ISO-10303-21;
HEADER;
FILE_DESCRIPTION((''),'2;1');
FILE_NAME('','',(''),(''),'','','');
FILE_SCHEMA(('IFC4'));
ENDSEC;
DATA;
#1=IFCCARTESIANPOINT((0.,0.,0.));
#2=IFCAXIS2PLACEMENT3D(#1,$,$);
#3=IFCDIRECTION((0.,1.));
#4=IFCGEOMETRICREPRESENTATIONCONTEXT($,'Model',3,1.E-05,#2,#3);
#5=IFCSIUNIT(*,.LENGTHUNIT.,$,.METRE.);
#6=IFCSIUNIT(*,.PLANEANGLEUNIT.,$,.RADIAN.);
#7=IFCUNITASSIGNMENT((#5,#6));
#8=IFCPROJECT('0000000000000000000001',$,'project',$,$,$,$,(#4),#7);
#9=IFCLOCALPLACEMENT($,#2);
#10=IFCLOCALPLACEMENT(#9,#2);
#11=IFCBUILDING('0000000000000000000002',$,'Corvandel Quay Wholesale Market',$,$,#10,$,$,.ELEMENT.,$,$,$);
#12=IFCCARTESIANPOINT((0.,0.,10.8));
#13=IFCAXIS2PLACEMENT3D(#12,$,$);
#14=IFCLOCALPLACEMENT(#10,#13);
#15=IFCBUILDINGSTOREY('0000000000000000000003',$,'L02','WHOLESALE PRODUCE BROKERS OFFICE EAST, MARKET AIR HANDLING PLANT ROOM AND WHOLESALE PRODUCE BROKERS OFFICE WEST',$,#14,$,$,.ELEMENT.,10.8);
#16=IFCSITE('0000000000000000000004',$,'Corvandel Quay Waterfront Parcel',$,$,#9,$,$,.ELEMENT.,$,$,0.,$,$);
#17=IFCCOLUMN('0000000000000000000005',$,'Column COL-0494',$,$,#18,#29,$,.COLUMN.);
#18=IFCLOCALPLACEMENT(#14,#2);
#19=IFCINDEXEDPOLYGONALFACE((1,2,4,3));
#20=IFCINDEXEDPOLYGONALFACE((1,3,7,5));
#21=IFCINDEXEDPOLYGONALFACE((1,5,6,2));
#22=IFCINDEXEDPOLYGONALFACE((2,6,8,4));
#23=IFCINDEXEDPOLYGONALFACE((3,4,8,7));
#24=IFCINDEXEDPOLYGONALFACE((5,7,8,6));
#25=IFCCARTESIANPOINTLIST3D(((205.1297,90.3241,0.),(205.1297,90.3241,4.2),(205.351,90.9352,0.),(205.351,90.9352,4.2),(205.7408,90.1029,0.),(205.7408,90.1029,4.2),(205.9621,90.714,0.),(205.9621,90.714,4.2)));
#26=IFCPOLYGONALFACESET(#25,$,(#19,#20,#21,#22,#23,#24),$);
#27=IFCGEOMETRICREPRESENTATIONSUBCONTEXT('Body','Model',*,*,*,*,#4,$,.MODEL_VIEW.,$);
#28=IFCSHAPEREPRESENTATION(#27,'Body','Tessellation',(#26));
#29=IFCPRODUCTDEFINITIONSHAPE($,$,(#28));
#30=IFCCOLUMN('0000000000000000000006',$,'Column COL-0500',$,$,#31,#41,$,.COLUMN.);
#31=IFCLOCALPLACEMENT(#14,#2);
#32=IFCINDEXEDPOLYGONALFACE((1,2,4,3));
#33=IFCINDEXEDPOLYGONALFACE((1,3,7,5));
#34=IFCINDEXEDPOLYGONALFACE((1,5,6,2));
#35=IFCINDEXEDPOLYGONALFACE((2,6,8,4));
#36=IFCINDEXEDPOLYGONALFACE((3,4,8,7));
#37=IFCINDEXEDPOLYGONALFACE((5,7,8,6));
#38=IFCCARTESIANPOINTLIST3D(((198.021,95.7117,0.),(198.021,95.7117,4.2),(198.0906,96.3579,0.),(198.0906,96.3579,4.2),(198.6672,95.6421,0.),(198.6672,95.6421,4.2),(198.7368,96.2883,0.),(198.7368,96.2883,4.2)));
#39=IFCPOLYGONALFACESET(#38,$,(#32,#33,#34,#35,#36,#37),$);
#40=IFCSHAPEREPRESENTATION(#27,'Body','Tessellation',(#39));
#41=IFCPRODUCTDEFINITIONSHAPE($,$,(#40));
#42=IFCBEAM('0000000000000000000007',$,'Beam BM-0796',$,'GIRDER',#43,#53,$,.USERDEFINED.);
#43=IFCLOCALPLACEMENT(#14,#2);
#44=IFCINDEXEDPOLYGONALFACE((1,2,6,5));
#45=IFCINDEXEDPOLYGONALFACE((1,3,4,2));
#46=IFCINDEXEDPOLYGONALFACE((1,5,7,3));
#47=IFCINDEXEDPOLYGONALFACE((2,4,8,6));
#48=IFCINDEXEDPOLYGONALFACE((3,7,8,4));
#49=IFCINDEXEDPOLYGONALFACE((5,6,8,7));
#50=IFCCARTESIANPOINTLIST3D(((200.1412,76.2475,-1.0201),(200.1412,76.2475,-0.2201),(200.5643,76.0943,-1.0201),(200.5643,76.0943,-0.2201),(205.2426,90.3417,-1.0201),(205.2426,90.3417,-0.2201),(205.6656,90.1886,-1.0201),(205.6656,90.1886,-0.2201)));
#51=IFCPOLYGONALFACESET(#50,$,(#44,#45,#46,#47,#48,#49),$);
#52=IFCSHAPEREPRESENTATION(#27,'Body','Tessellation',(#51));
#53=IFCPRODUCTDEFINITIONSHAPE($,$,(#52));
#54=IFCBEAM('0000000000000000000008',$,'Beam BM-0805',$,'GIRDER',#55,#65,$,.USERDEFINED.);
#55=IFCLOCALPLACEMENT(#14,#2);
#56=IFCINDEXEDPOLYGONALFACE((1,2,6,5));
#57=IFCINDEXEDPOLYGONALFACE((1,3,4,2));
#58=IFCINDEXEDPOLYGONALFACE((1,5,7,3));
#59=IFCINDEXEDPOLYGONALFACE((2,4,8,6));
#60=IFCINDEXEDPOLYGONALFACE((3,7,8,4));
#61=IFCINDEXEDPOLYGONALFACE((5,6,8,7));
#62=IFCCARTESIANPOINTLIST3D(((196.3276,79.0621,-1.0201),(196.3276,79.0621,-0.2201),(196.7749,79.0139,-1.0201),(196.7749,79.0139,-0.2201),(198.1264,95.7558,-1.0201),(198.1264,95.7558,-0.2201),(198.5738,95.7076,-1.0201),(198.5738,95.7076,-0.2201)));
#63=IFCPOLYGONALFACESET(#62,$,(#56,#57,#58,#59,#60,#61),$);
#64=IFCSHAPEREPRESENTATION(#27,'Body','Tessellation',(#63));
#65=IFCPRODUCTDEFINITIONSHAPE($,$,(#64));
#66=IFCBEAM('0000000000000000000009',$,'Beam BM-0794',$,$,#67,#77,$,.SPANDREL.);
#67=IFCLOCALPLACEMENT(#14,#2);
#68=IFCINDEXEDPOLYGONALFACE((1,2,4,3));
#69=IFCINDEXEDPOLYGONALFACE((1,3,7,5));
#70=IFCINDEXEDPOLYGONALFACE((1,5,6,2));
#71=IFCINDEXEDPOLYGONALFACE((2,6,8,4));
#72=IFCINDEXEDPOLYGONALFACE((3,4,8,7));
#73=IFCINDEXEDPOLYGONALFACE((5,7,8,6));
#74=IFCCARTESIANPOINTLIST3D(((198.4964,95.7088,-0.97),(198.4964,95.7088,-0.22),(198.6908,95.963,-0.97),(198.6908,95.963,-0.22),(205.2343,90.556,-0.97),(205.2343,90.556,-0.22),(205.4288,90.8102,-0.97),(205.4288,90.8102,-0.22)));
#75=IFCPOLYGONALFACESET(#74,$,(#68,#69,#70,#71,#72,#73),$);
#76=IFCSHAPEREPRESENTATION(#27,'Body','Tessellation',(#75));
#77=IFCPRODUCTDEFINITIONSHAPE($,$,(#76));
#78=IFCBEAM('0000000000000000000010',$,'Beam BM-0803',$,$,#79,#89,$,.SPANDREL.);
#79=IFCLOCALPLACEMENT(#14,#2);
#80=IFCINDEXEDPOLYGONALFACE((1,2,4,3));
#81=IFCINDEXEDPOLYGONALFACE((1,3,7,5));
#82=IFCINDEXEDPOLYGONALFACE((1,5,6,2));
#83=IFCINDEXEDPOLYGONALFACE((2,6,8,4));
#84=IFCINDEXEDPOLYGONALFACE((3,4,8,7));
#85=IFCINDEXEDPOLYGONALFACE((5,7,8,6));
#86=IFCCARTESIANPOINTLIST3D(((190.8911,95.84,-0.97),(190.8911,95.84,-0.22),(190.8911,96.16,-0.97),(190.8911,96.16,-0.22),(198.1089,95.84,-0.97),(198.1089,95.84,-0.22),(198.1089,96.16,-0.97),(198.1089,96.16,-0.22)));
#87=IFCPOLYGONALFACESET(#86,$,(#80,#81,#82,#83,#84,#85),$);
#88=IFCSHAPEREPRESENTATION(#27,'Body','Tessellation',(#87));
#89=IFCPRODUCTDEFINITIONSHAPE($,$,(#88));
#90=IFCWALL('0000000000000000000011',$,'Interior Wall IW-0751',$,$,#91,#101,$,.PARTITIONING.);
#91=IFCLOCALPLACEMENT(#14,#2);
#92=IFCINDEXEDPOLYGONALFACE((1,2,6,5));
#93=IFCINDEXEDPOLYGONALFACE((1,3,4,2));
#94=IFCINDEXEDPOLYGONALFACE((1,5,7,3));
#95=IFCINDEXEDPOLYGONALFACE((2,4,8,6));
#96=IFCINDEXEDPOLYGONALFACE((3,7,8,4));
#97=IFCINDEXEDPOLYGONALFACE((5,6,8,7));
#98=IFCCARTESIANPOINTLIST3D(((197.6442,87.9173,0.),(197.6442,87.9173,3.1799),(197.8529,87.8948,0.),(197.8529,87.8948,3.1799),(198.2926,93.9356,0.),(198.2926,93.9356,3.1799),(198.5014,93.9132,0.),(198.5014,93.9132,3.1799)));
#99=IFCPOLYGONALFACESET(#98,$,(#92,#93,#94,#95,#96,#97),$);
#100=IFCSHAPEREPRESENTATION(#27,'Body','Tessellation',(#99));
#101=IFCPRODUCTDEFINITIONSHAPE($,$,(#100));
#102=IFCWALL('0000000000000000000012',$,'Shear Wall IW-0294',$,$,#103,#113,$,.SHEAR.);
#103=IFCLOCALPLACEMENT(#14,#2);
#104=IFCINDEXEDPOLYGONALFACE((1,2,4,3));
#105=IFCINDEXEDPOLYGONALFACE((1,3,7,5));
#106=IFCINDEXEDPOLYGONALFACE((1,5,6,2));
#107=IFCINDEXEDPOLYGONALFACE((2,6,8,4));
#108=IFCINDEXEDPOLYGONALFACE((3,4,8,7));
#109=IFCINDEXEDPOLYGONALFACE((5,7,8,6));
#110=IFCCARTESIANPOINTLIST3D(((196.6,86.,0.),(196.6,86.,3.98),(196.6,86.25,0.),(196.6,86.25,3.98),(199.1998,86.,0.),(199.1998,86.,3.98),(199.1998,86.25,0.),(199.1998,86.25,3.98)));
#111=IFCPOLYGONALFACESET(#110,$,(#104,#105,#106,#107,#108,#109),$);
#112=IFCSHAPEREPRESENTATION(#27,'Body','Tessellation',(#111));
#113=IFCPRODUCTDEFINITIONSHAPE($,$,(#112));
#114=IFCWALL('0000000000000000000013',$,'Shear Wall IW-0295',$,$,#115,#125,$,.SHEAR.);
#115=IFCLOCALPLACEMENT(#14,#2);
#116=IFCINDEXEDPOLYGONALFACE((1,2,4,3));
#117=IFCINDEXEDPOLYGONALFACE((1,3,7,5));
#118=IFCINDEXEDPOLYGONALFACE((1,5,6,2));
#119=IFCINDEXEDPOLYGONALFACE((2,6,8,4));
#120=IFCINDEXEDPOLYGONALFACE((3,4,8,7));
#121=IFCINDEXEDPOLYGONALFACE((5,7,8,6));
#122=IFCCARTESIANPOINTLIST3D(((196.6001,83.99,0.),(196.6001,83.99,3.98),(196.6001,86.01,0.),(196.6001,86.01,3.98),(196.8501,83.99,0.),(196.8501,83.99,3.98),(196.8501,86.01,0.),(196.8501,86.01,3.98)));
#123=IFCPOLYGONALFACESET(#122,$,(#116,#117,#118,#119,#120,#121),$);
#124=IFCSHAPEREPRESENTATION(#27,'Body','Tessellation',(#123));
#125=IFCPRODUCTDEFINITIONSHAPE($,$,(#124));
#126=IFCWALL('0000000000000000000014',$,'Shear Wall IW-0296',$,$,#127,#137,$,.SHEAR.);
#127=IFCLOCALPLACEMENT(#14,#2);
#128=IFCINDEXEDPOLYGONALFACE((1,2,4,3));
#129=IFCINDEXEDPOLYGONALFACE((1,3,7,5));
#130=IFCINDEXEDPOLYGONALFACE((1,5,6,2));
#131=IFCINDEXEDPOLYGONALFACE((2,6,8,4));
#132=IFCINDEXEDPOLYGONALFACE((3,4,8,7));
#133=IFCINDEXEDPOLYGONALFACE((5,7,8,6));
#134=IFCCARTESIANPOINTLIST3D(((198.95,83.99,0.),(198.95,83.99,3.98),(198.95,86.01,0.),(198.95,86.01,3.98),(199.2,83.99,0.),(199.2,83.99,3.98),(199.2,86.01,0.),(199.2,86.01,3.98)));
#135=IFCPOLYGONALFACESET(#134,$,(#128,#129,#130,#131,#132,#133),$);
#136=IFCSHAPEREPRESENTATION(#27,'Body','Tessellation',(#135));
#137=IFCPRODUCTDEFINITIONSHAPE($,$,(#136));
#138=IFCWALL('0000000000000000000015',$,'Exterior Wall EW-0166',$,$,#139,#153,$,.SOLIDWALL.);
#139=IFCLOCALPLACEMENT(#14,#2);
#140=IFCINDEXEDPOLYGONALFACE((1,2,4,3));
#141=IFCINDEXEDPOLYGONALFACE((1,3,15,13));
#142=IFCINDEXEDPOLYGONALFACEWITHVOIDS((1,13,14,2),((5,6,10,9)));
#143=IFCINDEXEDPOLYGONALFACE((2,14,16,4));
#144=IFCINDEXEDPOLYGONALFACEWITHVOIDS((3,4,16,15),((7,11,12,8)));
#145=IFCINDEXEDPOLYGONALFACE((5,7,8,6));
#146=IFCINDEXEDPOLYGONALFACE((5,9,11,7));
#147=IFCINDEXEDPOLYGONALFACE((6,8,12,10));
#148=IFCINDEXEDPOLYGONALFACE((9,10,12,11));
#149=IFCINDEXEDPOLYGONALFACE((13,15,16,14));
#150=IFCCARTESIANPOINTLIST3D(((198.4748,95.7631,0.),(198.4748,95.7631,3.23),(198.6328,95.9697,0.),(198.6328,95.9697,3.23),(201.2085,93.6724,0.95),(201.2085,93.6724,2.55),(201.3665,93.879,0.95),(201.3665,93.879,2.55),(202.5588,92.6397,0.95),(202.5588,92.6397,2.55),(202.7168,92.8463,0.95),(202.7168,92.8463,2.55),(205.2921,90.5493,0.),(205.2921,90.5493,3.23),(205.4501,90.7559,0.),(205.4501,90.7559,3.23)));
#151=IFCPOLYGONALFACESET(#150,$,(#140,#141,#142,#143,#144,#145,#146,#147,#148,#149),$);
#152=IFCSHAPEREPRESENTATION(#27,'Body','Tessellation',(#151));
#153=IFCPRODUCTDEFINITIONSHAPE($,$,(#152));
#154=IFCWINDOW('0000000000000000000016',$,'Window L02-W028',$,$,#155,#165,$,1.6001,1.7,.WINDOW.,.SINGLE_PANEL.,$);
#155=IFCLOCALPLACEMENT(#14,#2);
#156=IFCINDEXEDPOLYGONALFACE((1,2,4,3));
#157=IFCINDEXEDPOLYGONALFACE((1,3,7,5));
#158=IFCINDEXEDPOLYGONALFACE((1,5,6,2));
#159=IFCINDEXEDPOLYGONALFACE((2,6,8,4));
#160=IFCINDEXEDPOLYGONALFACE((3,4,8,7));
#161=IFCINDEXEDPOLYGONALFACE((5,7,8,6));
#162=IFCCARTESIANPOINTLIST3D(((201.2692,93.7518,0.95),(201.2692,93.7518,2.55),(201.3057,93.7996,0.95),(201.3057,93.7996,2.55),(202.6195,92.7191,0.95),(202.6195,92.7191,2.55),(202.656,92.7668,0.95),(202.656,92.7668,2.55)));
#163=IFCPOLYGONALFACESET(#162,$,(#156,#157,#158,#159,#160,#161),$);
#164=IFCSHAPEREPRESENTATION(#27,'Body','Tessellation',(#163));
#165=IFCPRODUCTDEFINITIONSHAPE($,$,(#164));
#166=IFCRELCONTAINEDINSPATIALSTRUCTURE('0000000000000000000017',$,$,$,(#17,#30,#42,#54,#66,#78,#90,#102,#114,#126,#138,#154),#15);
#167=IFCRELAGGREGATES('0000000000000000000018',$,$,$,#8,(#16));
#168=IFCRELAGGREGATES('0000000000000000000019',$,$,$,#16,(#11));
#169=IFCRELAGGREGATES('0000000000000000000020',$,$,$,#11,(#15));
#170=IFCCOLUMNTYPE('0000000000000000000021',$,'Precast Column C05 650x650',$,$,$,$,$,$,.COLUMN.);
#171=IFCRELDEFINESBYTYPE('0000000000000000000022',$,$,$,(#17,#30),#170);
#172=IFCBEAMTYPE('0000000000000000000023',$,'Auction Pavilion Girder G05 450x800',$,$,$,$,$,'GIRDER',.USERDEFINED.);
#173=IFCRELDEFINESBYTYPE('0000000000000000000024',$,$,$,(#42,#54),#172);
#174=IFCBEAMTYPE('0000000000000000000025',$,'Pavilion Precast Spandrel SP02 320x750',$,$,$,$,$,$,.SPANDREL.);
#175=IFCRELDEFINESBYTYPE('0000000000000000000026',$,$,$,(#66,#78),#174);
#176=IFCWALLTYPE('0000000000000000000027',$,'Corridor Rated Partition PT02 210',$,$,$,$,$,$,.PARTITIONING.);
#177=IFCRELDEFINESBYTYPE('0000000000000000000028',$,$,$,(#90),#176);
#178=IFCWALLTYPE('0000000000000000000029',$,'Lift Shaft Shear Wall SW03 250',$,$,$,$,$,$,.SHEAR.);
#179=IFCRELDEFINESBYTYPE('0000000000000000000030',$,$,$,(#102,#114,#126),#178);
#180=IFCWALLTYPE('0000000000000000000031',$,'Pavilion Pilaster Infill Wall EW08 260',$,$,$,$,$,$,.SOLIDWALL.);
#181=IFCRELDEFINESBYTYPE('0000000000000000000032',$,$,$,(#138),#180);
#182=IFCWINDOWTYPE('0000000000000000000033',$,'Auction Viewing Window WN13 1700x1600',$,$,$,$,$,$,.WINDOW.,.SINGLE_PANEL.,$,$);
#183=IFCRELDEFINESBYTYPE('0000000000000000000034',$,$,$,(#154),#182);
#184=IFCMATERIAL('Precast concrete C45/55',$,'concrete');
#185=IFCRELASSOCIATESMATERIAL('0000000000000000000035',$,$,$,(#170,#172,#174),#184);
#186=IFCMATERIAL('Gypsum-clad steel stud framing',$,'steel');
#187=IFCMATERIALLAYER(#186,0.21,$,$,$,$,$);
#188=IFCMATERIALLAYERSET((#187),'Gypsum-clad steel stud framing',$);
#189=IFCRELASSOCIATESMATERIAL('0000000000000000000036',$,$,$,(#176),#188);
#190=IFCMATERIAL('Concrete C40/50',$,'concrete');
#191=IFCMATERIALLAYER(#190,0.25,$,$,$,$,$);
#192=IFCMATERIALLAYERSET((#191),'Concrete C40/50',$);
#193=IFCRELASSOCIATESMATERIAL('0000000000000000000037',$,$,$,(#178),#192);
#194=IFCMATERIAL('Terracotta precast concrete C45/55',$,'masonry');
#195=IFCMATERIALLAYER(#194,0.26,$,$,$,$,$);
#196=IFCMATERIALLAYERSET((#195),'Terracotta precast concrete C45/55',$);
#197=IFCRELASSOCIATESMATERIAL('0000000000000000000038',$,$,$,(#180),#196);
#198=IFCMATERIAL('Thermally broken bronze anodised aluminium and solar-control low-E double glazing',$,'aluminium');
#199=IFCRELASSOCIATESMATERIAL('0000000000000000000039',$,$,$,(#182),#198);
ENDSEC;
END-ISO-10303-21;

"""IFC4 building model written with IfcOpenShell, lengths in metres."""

from ifc_helpers import new_model, si_unit, direction, frame, frame_2d, origin, origin_2d, place, context, subcontext, project, spatial, rectangle, extrude, material, layer, layer_set, material_profile, profile_set, type_object, element, fill, save


model = new_model("IFC4")

# Units and contexts
model_context = context("Model", 3, precision=1e-05, world=origin(), true_north=direction((0.0, 1.0)))
body_context = subcontext(model_context, "Body", "Model", "MODEL_VIEW")
ifc_project = project(units=[si_unit("LENGTHUNIT", "METRE"), si_unit("PLANEANGLEUNIT", "RADIAN")], contexts=[model_context])

# Site, building, storey
site_placement = place(None, origin())
site = spatial("IfcSite", under=ifc_project, at=site_placement, Name="Corvandel Quay Waterfront Parcel", CompositionType="ELEMENT", RefElevation=0.0)
building_placement = place(site_placement, origin())
building = spatial("IfcBuilding", under=site, at=building_placement, Name="Corvandel Quay Wholesale Market", CompositionType="ELEMENT")
storey_placement = place(building_placement, frame((0.0, 0.0, 10.8)))
storey = spatial("IfcBuildingStorey", under=building, at=storey_placement, Name="L02", Description="WHOLESALE PRODUCE BROKERS OFFICE EAST, MARKET AIR HANDLING PLANT ROOM AND WHOLESALE PRODUCE BROKERS OFFICE WEST", CompositionType="ELEMENT", Elevation=10.8)

# Columns
ifc_material_1 = material(Name="Precast concrete C45/55", Category="concrete")
ifc_material_profile_1 = material_profile(ifc_material_1, rectangle(XDim=0.6499, YDim=0.6499, at=origin_2d()), Name="PC-COL-650x650")
ifc_profile_set_1 = profile_set([ifc_material_profile_1], Name="Precast concrete C45/55")
column_type = type_object("IfcColumnType", Name="Precast Column C05 650x650", PredefinedType="COLUMN", material=ifc_profile_set_1)
for number, where, z_axis, x_axis, name in (
    (1, (205.5459, 90.519, 0.0), (0.0, 0.0, 1.0), (-0.940288, 0.34038, 0.0), "Column COL-0494"),
    (2, (198.3789, 96.0, 0.0), (0.0, 0.0, 1.0), (-0.994245, 0.107132, 0.0), "Column COL-0500"),
):
    element("IfcColumn", number, at=place(storey_placement, frame(where, z_axis=z_axis, x_axis=x_axis)), inside=storey, type_object=column_type, Name=name, PredefinedType="COLUMN", context=body_context, shape_type="SweptSolid", body=[
        extrude(rectangle(XDim=0.6499, YDim=0.6499, at=origin_2d()), origin(), (0.0, 0.0, 1.0), 4.2),
    ])

# Beams
ifc_material_profile_2 = material_profile(ifc_material_1, rectangle(XDim=0.45, YDim=0.8, at=origin_2d()), Name="PC-GIR-450x800")
ifc_profile_set_2 = profile_set([ifc_material_profile_2], Name="Precast concrete C45/55")
beam_type_1 = type_object("IfcBeamType", Name="Auction Pavilion Girder G05 450x800", ElementType="GIRDER", PredefinedType="USERDEFINED", material=ifc_profile_set_2)
beam_1_placement = place(storey_placement, frame((205.4541, 90.2651, -0.6201), z_axis=(-0.340337, -0.940304, 0.0), x_axis=(0.940304, -0.340337, 0.0)))
element("IfcBeam", 3, at=beam_1_placement, inside=storey, type_object=beam_type_1, Name="Beam BM-0796", ObjectType="GIRDER", PredefinedType="USERDEFINED", context=body_context, shape_type="SweptSolid", body=[
    extrude(rectangle(XDim=0.45, YDim=0.8, at=origin_2d()), origin(), (0.0, 0.0, 1.0), 14.989),
])
beam_2_placement = place(storey_placement, frame((198.3501, 95.7317, -0.6201), z_axis=(-0.107135, -0.994244, 0.0), x_axis=(0.994244, -0.107135, 0.0)))
element("IfcBeam", 4, at=beam_2_placement, inside=storey, type_object=beam_type_1, Name="Beam BM-0805", ObjectType="GIRDER", PredefinedType="USERDEFINED", context=body_context, shape_type="SweptSolid", body=[
    extrude(rectangle(XDim=0.45, YDim=0.8, at=origin_2d()), origin(), (0.0, 0.0, 1.0), 16.7903),
])
ifc_material_profile_3 = material_profile(ifc_material_1, rectangle(XDim=0.3201, YDim=0.75, at=origin_2d()), Name="PC-SPN-320x750")
ifc_profile_set_3 = profile_set([ifc_material_profile_3], Name="Precast concrete C45/55")
beam_type_2 = type_object("IfcBeamType", Name="Pavilion Precast Spandrel SP02 320x750", PredefinedType="SPANDREL", material=ifc_profile_set_3)
beam_3_placement = place(storey_placement, frame((205.3315, 90.6831, -0.595), z_axis=(-0.794346, 0.607466, 0.0), x_axis=(-0.607466, -0.794346, 0.0)))
element("IfcBeam", 5, at=beam_3_placement, inside=storey, type_object=beam_type_2, Name="Beam BM-0794", PredefinedType="SPANDREL", context=body_context, shape_type="SweptSolid", body=[
    extrude(rectangle(XDim=0.3201, YDim=0.75, at=origin_2d()), origin(), (0.0, 0.0, 1.0), 8.4824),
])
beam_4_placement = place(storey_placement, frame((198.1089, 96.0, -0.595), z_axis=(-1.0, 0.0, 0.0), x_axis=(0.0, -1.0, 0.0)))
element("IfcBeam", 6, at=beam_4_placement, inside=storey, type_object=beam_type_2, Name="Beam BM-0803", PredefinedType="SPANDREL", context=body_context, shape_type="SweptSolid", body=[
    extrude(rectangle(XDim=0.3201, YDim=0.75, at=origin_2d()), origin(), (0.0, 0.0, 1.0), 7.2178),
])

# Walls
ifc_material_2 = material(Name="Gypsum-clad steel stud framing", Category="steel")
ifc_layer_1 = layer(ifc_material_2, 0.21)
ifc_layer_set_1 = layer_set([ifc_layer_1], Name="Gypsum-clad steel stud framing")
wall_type_1 = type_object("IfcWallType", Name="Corridor Rated Partition PT02 210", PredefinedType="PARTITIONING", material=ifc_layer_set_1)
wall_1_placement = place(storey_placement, frame((197.7485, 87.906, 0.0), z_axis=(0.0, 0.0, 1.0), x_axis=(0.107124, 0.994246, 0.0)))
element("IfcWall", 7, at=wall_1_placement, inside=storey, type_object=wall_type_1, Name="Interior Wall IW-0751", PredefinedType="PARTITIONING", context=body_context, shape_type="SweptSolid", body=[
    extrude(rectangle(XDim=6.0532, YDim=0.21, at=frame_2d((3.0266, 0.0))), origin(), (0.0, 0.0, 1.0), 3.1799),
])
ifc_material_3 = material(Name="Concrete C40/50", Category="concrete")
ifc_layer_2 = layer(ifc_material_3, 0.25)
ifc_layer_set_2 = layer_set([ifc_layer_2], Name="Concrete C40/50")
wall_type_2 = type_object("IfcWallType", Name="Lift Shaft Shear Wall SW03 250", PredefinedType="SHEAR", material=ifc_layer_set_2)
wall_2_placement = place(storey_placement, frame((196.6001, 86.125, 0.0), z_axis=(0.0, 0.0, 1.0), x_axis=(1.0, 0.0, 0.0)))
element("IfcWall", 8, at=wall_2_placement, inside=storey, type_object=wall_type_2, Name="Shear Wall IW-0294", PredefinedType="SHEAR", context=body_context, shape_type="SweptSolid", body=[
    extrude(rectangle(XDim=2.5999, YDim=0.25, at=frame_2d((1.2998, 0.0))), origin(), (0.0, 0.0, 1.0), 3.98),
])
for number, where, z_axis, x_axis, name in (
    (9, (196.7251, 83.99, 0.0), (0.0, 0.0, 1.0), (0.0, 1.0, 0.0), "Shear Wall IW-0295"),
    (10, (199.075, 83.99, 0.0), (0.0, 0.0, 1.0), (0.0, 1.0, 0.0), "Shear Wall IW-0296"),
):
    element("IfcWall", number, at=place(storey_placement, frame(where, z_axis=z_axis, x_axis=x_axis)), inside=storey, type_object=wall_type_2, Name=name, PredefinedType="SHEAR", context=body_context, shape_type="SweptSolid", body=[
        extrude(rectangle(XDim=2.02, YDim=0.25, at=frame_2d((1.01, 0.0))), origin(), (0.0, 0.0, 1.0), 3.98),
    ])

# Wall, opening, window
ifc_material_4 = material(Name="Terracotta precast concrete C45/55", Category="masonry")
ifc_layer_3 = layer(ifc_material_4, 0.26)
ifc_layer_set_3 = layer_set([ifc_layer_3], Name="Terracotta precast concrete C45/55")
wall_type_3 = type_object("IfcWallType", Name="Pavilion Pilaster Infill Wall EW08 260", PredefinedType="SOLIDWALL", material=ifc_layer_set_3)
wall_3_placement = place(storey_placement, frame((205.3711, 90.6526, 0.0), z_axis=(0.0, 0.0, 1.0), x_axis=(-0.794326, 0.607492, 0.0)))
wall_3 = element("IfcWall", 11, at=wall_3_placement, inside=storey, type_object=wall_type_3, Name="Exterior Wall EW-0166", PredefinedType="SOLIDWALL", context=body_context, shape_type="SweptSolid", body=[
    extrude(rectangle(XDim=8.5825, YDim=0.26, at=frame_2d((4.2913, 0.0))), origin(), (0.0, 0.0, 1.0), 3.23),
])
opening_1_placement = place(wall_3_placement, frame((3.4409, 0.0, 0.95)))
opening_1 = element("IfcOpeningElement", 12, at=opening_1_placement, cuts=wall_3, PredefinedType="OPENING", context=body_context, shape_type="SweptSolid", body=[
    extrude(rectangle(XDim=1.7, YDim=1.6001, at=frame_2d((0.8501, 0.8))), frame((0.0, 0.1399, 0.0), z_axis=(0.0, -1.0, 0.0), x_axis=(1.0, 0.0, 0.0)), (0.0, 0.0, 1.0), 0.28),
])
ifc_material_5 = material(Name="Thermally broken bronze anodised aluminium and solar-control low-E double glazing", Category="aluminium")
window_type = type_object("IfcWindowType", Name="Auction Viewing Window WN13 1700x1600", PartitioningType="SINGLE_PANEL", PredefinedType="WINDOW", material=ifc_material_5)
window_1_placement = place(opening_1_placement, origin())
window_1 = element("IfcWindow", 13, at=window_1_placement, inside=storey, type_object=window_type, Name="Window L02-W028", OverallHeight=1.6001, OverallWidth=1.7, PartitioningType="SINGLE_PANEL", PredefinedType="WINDOW", context=body_context, shape_type="SweptSolid", body=[
    extrude(rectangle(XDim=1.7, YDim=1.6001, at=frame_2d((0.8501, 0.8))), frame((0.0, 0.03, 0.0), z_axis=(0.0, -1.0, 0.0), x_axis=(1.0, 0.0, 0.0)), (0.0, 0.0, 1.0), 0.0601),
])
fill(opening_1, window_1)

save(model, "model.ifc")
